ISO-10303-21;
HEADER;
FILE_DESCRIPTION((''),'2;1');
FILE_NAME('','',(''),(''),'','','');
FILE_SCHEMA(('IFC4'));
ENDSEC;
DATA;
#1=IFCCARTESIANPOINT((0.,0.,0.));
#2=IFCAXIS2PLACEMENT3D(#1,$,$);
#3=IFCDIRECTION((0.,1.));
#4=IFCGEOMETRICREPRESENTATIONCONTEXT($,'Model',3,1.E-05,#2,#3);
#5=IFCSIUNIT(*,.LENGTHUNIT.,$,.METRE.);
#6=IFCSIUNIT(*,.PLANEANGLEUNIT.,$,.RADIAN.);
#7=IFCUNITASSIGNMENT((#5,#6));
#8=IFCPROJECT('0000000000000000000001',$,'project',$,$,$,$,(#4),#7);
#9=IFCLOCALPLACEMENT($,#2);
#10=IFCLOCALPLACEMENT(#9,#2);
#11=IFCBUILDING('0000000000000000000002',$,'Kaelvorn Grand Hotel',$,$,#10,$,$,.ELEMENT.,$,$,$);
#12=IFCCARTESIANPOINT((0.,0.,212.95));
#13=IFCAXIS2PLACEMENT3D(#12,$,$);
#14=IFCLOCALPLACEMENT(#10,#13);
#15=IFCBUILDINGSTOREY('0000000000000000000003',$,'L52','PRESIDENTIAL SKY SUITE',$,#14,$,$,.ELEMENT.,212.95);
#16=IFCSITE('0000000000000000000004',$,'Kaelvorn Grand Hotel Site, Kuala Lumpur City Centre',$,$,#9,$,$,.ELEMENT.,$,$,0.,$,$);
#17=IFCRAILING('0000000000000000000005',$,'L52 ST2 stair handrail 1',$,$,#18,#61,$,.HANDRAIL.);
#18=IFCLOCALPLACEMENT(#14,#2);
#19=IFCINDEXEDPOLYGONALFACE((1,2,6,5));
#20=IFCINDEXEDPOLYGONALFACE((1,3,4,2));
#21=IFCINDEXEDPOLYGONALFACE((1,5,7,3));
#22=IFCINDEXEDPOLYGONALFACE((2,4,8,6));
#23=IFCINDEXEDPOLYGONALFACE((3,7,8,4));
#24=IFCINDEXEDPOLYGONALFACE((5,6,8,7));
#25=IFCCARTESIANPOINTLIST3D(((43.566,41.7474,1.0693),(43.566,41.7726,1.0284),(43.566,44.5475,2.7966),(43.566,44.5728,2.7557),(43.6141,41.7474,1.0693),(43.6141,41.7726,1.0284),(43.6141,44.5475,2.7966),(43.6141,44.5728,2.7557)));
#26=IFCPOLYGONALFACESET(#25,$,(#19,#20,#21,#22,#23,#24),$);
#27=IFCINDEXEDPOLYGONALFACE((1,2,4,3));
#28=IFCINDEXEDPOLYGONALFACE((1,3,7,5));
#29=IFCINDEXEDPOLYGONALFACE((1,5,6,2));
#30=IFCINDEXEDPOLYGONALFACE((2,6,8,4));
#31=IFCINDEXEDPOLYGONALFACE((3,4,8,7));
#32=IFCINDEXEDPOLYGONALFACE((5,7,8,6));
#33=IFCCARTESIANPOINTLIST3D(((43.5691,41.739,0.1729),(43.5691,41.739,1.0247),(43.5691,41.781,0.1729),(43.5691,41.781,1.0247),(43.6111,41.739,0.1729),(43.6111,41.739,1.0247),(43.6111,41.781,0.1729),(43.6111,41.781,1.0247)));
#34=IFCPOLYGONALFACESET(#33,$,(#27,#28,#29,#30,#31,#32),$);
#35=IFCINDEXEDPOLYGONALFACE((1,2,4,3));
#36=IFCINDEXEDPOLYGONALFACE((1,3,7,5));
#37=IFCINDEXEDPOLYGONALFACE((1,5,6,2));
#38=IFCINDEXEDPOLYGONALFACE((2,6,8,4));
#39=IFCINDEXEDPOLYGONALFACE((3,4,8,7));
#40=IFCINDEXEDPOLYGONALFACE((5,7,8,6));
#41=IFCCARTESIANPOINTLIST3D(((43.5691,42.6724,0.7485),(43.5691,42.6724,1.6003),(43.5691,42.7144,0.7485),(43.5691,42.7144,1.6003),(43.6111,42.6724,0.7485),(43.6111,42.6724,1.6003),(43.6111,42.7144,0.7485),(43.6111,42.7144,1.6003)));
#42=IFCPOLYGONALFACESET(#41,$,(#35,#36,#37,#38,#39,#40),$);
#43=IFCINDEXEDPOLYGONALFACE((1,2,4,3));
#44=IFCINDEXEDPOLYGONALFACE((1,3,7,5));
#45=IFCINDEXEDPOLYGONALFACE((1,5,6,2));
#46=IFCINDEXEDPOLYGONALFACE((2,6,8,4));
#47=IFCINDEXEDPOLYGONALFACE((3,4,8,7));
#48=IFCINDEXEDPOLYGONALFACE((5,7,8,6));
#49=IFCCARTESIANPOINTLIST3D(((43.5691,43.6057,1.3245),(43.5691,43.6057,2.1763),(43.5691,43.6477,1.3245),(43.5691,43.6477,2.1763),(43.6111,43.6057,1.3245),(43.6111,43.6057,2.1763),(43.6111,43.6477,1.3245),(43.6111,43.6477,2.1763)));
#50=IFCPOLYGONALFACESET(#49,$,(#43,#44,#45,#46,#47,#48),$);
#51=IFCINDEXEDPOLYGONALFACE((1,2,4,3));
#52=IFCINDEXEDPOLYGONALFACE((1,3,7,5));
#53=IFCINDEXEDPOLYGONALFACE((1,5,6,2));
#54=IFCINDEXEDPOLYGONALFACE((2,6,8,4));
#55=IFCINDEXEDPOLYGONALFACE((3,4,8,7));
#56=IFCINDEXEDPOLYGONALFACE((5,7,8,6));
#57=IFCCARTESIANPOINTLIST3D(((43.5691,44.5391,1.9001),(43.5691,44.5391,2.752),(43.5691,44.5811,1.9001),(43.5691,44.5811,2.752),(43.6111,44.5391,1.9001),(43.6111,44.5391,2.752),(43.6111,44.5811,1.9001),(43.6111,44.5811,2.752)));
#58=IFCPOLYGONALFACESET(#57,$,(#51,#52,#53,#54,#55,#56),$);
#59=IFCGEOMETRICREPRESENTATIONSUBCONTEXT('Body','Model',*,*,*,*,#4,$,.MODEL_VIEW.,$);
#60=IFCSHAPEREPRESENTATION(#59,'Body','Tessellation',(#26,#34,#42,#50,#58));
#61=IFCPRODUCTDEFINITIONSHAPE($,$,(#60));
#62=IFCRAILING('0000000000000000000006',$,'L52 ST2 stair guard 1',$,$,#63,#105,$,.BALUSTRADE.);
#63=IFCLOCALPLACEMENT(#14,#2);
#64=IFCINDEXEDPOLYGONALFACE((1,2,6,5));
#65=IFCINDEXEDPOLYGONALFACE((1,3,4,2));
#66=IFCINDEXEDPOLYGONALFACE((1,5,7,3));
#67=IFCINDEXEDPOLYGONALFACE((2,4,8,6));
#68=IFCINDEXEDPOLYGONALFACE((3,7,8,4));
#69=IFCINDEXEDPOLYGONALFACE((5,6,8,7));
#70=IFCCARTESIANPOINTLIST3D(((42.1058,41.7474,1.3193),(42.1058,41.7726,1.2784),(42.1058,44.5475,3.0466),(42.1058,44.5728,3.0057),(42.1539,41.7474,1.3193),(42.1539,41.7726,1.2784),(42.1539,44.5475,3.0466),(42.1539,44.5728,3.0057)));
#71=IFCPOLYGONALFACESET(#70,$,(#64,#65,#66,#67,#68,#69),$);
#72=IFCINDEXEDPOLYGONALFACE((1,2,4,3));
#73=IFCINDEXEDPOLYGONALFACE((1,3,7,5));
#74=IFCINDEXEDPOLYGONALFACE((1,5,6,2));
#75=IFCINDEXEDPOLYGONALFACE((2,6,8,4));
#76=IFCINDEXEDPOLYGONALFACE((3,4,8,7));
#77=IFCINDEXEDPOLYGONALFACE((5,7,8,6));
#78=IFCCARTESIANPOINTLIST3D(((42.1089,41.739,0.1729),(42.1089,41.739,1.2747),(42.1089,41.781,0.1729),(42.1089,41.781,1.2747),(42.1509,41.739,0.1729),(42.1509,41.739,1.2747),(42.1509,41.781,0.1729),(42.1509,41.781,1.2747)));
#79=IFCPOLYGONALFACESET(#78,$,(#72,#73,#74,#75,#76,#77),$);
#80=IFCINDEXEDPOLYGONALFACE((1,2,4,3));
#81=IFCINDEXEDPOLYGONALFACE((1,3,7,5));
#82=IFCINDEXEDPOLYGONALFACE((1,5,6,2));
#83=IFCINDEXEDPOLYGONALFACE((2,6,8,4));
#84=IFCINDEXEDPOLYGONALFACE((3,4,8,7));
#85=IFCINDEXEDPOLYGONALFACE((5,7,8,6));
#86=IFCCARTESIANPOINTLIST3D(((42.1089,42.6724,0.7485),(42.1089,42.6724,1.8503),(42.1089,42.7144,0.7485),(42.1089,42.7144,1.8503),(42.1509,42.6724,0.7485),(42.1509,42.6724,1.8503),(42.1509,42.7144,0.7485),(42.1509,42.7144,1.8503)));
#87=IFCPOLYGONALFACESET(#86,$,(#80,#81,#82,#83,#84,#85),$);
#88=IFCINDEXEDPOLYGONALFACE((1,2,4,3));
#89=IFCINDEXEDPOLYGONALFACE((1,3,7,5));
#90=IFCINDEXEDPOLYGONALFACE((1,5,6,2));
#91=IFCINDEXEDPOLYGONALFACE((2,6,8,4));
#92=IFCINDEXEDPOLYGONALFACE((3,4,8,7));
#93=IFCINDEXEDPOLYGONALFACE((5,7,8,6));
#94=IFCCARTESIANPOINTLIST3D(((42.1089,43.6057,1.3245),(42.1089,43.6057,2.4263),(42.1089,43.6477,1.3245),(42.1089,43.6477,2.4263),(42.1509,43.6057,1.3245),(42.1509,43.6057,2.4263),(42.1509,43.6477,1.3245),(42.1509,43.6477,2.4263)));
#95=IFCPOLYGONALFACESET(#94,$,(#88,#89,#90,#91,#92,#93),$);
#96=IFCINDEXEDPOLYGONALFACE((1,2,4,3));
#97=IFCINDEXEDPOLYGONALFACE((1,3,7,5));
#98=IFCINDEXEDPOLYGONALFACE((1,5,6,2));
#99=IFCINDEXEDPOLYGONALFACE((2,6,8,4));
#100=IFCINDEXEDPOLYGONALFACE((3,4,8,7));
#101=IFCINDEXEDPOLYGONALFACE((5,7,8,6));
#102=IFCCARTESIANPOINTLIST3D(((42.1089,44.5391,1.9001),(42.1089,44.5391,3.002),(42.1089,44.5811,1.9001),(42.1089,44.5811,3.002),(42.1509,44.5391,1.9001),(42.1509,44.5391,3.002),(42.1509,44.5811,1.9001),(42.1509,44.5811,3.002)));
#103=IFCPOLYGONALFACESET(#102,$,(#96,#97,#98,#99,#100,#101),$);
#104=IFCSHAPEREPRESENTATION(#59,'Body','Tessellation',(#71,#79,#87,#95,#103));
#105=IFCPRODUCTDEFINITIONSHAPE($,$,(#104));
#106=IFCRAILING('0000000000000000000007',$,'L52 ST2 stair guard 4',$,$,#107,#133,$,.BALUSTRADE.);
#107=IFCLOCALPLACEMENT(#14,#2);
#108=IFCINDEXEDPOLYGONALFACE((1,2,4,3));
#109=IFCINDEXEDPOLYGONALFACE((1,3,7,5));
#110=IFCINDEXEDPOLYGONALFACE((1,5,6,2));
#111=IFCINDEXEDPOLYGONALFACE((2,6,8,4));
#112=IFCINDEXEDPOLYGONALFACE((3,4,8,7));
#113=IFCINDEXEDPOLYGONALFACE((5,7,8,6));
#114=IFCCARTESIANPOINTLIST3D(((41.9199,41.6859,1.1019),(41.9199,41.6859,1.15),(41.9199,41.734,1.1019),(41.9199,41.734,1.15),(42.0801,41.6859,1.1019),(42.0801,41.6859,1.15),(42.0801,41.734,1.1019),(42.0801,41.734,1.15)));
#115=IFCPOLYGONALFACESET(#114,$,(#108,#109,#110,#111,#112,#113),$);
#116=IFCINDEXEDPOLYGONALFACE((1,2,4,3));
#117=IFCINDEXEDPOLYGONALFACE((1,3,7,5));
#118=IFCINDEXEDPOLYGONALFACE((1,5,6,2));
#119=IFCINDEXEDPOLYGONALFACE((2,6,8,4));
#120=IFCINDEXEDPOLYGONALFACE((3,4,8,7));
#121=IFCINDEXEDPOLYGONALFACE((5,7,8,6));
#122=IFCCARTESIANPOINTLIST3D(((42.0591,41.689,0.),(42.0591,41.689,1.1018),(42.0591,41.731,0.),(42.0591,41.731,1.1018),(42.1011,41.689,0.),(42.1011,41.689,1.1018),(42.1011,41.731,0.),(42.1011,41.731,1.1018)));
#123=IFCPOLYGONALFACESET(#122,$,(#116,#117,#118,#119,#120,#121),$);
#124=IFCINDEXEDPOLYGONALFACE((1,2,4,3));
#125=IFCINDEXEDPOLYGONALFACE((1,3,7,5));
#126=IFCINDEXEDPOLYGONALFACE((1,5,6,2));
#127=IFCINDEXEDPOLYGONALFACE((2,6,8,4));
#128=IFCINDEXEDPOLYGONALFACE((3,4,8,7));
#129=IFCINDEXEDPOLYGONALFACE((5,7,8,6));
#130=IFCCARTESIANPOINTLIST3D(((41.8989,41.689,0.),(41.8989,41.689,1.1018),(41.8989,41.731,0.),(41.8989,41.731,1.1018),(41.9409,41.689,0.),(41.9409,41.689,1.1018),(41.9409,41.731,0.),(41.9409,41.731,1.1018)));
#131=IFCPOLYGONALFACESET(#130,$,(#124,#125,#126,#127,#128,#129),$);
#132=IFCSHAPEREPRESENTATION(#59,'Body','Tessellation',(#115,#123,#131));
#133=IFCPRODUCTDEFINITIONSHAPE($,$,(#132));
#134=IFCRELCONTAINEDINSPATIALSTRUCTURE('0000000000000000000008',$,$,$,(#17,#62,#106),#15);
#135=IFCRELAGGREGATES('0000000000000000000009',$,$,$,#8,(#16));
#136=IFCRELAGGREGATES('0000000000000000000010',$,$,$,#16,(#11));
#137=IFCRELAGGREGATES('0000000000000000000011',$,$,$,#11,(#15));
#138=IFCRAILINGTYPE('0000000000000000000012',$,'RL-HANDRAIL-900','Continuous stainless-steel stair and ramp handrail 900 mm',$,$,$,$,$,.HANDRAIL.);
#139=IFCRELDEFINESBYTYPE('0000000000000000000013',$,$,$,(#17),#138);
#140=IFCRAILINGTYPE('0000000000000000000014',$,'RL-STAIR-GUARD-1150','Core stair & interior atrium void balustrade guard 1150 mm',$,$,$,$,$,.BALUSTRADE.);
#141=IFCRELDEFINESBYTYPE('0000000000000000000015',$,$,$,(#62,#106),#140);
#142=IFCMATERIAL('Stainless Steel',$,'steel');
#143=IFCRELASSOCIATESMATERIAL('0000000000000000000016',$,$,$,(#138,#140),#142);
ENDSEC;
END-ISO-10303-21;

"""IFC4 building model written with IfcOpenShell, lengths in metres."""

from ifc_helpers import new_model, si_unit, direction, frame, origin, origin_2d, place, context, subcontext, project, spatial, rectangle, extrude, material, type_object, element, save


model = new_model("IFC4")

# Units and contexts
model_context = context("Model", 3, precision=1e-05, world=origin(), true_north=direction((0.0, 1.0)))
body_context = subcontext(model_context, "Body", "Model", "MODEL_VIEW")
ifc_project = project(units=[si_unit("LENGTHUNIT", "METRE"), si_unit("PLANEANGLEUNIT", "RADIAN")], contexts=[model_context])

# Site, building, storey
site_placement = place(None, origin())
site = spatial("IfcSite", under=ifc_project, at=site_placement, Name="Kaelvorn Grand Hotel Site, Kuala Lumpur City Centre", CompositionType="ELEMENT", RefElevation=0.0)
building_placement = place(site_placement, origin())
building = spatial("IfcBuilding", under=site, at=building_placement, Name="Kaelvorn Grand Hotel", CompositionType="ELEMENT")
storey_placement = place(building_placement, frame((0.0, 0.0, 212.95)))
storey = spatial("IfcBuildingStorey", under=building, at=storey_placement, Name="L52", Description="PRESIDENTIAL SKY SUITE", CompositionType="ELEMENT", Elevation=212.95)

# Shared definitions
ifc_material_1 = material(Name="Stainless Steel", Category="steel")

# Railings
railing_type_1 = type_object("IfcRailingType", Name="RL-HANDRAIL-900", Description="Continuous stainless-steel stair and ramp handrail 900 mm", PredefinedType="HANDRAIL", material=ifc_material_1)
railing_1_placement = place(storey_placement, frame((43.5901, 41.76, 0.1729)))
element("IfcRailing", 1, at=railing_1_placement, inside=storey, type_object=railing_type_1, Name="L52 ST2 stair handrail 1", PredefinedType="HANDRAIL", context=body_context, shape_type="SweptSolid", body=[
    extrude(rectangle(XDim=0.0481, YDim=0.0481, at=origin_2d()), frame((0.0, 0.0, 0.876), z_axis=(0.0, 0.85109, 0.52502), x_axis=(-1.0, 0.0, 0.0)), (0.0, 0.0, 1.0), 3.29),
    extrude(rectangle(XDim=0.042, YDim=0.042, at=origin_2d()), origin(), (0.0, 0.0, 1.0), 0.8518),
    extrude(rectangle(XDim=0.042, YDim=0.042, at=origin_2d()), frame((0.0, 0.9333, 0.5757)), (0.0, 0.0, 1.0), 0.8518),
    extrude(rectangle(XDim=0.042, YDim=0.042, at=origin_2d()), frame((0.0, 1.8667, 1.1516)), (0.0, 0.0, 1.0), 0.8518),
    extrude(rectangle(XDim=0.042, YDim=0.042, at=origin_2d()), frame((0.0, 2.8, 1.7273)), (0.0, 0.0, 1.0), 0.8518),
])
railing_type_2 = type_object("IfcRailingType", Name="RL-STAIR-GUARD-1150", Description="Core stair & interior atrium void balustrade guard 1150 mm", PredefinedType="BALUSTRADE", material=ifc_material_1)
railing_2_placement = place(storey_placement, frame((42.1299, 41.76, 0.1729)))
element("IfcRailing", 2, at=railing_2_placement, inside=storey, type_object=railing_type_2, Name="L52 ST2 stair guard 1", PredefinedType="BALUSTRADE", context=body_context, shape_type="SweptSolid", body=[
    extrude(rectangle(XDim=0.0481, YDim=0.0481, at=origin_2d()), frame((0.0, 0.0, 1.126), z_axis=(0.0, 0.85109, 0.52502), x_axis=(-1.0, 0.0, 0.0)), (0.0, 0.0, 1.0), 3.29),
    extrude(rectangle(XDim=0.042, YDim=0.042, at=origin_2d()), origin(), (0.0, 0.0, 1.0), 1.1018),
    extrude(rectangle(XDim=0.042, YDim=0.042, at=origin_2d()), frame((0.0, 0.9333, 0.5757)), (0.0, 0.0, 1.0), 1.1018),
    extrude(rectangle(XDim=0.042, YDim=0.042, at=origin_2d()), frame((0.0, 1.8667, 1.1516)), (0.0, 0.0, 1.0), 1.1018),
    extrude(rectangle(XDim=0.042, YDim=0.042, at=origin_2d()), frame((0.0, 2.8, 1.7273)), (0.0, 0.0, 1.0), 1.1018),
])
railing_3_placement = place(storey_placement, frame((42.0801, 41.71, 0.0)))
element("IfcRailing", 3, at=railing_3_placement, inside=storey, type_object=railing_type_2, Name="L52 ST2 stair guard 4", PredefinedType="BALUSTRADE", context=body_context, shape_type="SweptSolid", body=[
    extrude(rectangle(XDim=0.0481, YDim=0.0481, at=origin_2d()), frame((0.0, 0.0, 1.126), z_axis=(-1.0, 0.0, 0.0), x_axis=(0.0, -1.0, 0.0)), (0.0, 0.0, 1.0), 0.1602),
    extrude(rectangle(XDim=0.042, YDim=0.042, at=origin_2d()), origin(), (0.0, 0.0, 1.0), 1.1018),
    extrude(rectangle(XDim=0.042, YDim=0.042, at=origin_2d()), frame((-0.1602, 0.0, 0.0)), (0.0, 0.0, 1.0), 1.1018),
])

save(model, "model.ifc")
